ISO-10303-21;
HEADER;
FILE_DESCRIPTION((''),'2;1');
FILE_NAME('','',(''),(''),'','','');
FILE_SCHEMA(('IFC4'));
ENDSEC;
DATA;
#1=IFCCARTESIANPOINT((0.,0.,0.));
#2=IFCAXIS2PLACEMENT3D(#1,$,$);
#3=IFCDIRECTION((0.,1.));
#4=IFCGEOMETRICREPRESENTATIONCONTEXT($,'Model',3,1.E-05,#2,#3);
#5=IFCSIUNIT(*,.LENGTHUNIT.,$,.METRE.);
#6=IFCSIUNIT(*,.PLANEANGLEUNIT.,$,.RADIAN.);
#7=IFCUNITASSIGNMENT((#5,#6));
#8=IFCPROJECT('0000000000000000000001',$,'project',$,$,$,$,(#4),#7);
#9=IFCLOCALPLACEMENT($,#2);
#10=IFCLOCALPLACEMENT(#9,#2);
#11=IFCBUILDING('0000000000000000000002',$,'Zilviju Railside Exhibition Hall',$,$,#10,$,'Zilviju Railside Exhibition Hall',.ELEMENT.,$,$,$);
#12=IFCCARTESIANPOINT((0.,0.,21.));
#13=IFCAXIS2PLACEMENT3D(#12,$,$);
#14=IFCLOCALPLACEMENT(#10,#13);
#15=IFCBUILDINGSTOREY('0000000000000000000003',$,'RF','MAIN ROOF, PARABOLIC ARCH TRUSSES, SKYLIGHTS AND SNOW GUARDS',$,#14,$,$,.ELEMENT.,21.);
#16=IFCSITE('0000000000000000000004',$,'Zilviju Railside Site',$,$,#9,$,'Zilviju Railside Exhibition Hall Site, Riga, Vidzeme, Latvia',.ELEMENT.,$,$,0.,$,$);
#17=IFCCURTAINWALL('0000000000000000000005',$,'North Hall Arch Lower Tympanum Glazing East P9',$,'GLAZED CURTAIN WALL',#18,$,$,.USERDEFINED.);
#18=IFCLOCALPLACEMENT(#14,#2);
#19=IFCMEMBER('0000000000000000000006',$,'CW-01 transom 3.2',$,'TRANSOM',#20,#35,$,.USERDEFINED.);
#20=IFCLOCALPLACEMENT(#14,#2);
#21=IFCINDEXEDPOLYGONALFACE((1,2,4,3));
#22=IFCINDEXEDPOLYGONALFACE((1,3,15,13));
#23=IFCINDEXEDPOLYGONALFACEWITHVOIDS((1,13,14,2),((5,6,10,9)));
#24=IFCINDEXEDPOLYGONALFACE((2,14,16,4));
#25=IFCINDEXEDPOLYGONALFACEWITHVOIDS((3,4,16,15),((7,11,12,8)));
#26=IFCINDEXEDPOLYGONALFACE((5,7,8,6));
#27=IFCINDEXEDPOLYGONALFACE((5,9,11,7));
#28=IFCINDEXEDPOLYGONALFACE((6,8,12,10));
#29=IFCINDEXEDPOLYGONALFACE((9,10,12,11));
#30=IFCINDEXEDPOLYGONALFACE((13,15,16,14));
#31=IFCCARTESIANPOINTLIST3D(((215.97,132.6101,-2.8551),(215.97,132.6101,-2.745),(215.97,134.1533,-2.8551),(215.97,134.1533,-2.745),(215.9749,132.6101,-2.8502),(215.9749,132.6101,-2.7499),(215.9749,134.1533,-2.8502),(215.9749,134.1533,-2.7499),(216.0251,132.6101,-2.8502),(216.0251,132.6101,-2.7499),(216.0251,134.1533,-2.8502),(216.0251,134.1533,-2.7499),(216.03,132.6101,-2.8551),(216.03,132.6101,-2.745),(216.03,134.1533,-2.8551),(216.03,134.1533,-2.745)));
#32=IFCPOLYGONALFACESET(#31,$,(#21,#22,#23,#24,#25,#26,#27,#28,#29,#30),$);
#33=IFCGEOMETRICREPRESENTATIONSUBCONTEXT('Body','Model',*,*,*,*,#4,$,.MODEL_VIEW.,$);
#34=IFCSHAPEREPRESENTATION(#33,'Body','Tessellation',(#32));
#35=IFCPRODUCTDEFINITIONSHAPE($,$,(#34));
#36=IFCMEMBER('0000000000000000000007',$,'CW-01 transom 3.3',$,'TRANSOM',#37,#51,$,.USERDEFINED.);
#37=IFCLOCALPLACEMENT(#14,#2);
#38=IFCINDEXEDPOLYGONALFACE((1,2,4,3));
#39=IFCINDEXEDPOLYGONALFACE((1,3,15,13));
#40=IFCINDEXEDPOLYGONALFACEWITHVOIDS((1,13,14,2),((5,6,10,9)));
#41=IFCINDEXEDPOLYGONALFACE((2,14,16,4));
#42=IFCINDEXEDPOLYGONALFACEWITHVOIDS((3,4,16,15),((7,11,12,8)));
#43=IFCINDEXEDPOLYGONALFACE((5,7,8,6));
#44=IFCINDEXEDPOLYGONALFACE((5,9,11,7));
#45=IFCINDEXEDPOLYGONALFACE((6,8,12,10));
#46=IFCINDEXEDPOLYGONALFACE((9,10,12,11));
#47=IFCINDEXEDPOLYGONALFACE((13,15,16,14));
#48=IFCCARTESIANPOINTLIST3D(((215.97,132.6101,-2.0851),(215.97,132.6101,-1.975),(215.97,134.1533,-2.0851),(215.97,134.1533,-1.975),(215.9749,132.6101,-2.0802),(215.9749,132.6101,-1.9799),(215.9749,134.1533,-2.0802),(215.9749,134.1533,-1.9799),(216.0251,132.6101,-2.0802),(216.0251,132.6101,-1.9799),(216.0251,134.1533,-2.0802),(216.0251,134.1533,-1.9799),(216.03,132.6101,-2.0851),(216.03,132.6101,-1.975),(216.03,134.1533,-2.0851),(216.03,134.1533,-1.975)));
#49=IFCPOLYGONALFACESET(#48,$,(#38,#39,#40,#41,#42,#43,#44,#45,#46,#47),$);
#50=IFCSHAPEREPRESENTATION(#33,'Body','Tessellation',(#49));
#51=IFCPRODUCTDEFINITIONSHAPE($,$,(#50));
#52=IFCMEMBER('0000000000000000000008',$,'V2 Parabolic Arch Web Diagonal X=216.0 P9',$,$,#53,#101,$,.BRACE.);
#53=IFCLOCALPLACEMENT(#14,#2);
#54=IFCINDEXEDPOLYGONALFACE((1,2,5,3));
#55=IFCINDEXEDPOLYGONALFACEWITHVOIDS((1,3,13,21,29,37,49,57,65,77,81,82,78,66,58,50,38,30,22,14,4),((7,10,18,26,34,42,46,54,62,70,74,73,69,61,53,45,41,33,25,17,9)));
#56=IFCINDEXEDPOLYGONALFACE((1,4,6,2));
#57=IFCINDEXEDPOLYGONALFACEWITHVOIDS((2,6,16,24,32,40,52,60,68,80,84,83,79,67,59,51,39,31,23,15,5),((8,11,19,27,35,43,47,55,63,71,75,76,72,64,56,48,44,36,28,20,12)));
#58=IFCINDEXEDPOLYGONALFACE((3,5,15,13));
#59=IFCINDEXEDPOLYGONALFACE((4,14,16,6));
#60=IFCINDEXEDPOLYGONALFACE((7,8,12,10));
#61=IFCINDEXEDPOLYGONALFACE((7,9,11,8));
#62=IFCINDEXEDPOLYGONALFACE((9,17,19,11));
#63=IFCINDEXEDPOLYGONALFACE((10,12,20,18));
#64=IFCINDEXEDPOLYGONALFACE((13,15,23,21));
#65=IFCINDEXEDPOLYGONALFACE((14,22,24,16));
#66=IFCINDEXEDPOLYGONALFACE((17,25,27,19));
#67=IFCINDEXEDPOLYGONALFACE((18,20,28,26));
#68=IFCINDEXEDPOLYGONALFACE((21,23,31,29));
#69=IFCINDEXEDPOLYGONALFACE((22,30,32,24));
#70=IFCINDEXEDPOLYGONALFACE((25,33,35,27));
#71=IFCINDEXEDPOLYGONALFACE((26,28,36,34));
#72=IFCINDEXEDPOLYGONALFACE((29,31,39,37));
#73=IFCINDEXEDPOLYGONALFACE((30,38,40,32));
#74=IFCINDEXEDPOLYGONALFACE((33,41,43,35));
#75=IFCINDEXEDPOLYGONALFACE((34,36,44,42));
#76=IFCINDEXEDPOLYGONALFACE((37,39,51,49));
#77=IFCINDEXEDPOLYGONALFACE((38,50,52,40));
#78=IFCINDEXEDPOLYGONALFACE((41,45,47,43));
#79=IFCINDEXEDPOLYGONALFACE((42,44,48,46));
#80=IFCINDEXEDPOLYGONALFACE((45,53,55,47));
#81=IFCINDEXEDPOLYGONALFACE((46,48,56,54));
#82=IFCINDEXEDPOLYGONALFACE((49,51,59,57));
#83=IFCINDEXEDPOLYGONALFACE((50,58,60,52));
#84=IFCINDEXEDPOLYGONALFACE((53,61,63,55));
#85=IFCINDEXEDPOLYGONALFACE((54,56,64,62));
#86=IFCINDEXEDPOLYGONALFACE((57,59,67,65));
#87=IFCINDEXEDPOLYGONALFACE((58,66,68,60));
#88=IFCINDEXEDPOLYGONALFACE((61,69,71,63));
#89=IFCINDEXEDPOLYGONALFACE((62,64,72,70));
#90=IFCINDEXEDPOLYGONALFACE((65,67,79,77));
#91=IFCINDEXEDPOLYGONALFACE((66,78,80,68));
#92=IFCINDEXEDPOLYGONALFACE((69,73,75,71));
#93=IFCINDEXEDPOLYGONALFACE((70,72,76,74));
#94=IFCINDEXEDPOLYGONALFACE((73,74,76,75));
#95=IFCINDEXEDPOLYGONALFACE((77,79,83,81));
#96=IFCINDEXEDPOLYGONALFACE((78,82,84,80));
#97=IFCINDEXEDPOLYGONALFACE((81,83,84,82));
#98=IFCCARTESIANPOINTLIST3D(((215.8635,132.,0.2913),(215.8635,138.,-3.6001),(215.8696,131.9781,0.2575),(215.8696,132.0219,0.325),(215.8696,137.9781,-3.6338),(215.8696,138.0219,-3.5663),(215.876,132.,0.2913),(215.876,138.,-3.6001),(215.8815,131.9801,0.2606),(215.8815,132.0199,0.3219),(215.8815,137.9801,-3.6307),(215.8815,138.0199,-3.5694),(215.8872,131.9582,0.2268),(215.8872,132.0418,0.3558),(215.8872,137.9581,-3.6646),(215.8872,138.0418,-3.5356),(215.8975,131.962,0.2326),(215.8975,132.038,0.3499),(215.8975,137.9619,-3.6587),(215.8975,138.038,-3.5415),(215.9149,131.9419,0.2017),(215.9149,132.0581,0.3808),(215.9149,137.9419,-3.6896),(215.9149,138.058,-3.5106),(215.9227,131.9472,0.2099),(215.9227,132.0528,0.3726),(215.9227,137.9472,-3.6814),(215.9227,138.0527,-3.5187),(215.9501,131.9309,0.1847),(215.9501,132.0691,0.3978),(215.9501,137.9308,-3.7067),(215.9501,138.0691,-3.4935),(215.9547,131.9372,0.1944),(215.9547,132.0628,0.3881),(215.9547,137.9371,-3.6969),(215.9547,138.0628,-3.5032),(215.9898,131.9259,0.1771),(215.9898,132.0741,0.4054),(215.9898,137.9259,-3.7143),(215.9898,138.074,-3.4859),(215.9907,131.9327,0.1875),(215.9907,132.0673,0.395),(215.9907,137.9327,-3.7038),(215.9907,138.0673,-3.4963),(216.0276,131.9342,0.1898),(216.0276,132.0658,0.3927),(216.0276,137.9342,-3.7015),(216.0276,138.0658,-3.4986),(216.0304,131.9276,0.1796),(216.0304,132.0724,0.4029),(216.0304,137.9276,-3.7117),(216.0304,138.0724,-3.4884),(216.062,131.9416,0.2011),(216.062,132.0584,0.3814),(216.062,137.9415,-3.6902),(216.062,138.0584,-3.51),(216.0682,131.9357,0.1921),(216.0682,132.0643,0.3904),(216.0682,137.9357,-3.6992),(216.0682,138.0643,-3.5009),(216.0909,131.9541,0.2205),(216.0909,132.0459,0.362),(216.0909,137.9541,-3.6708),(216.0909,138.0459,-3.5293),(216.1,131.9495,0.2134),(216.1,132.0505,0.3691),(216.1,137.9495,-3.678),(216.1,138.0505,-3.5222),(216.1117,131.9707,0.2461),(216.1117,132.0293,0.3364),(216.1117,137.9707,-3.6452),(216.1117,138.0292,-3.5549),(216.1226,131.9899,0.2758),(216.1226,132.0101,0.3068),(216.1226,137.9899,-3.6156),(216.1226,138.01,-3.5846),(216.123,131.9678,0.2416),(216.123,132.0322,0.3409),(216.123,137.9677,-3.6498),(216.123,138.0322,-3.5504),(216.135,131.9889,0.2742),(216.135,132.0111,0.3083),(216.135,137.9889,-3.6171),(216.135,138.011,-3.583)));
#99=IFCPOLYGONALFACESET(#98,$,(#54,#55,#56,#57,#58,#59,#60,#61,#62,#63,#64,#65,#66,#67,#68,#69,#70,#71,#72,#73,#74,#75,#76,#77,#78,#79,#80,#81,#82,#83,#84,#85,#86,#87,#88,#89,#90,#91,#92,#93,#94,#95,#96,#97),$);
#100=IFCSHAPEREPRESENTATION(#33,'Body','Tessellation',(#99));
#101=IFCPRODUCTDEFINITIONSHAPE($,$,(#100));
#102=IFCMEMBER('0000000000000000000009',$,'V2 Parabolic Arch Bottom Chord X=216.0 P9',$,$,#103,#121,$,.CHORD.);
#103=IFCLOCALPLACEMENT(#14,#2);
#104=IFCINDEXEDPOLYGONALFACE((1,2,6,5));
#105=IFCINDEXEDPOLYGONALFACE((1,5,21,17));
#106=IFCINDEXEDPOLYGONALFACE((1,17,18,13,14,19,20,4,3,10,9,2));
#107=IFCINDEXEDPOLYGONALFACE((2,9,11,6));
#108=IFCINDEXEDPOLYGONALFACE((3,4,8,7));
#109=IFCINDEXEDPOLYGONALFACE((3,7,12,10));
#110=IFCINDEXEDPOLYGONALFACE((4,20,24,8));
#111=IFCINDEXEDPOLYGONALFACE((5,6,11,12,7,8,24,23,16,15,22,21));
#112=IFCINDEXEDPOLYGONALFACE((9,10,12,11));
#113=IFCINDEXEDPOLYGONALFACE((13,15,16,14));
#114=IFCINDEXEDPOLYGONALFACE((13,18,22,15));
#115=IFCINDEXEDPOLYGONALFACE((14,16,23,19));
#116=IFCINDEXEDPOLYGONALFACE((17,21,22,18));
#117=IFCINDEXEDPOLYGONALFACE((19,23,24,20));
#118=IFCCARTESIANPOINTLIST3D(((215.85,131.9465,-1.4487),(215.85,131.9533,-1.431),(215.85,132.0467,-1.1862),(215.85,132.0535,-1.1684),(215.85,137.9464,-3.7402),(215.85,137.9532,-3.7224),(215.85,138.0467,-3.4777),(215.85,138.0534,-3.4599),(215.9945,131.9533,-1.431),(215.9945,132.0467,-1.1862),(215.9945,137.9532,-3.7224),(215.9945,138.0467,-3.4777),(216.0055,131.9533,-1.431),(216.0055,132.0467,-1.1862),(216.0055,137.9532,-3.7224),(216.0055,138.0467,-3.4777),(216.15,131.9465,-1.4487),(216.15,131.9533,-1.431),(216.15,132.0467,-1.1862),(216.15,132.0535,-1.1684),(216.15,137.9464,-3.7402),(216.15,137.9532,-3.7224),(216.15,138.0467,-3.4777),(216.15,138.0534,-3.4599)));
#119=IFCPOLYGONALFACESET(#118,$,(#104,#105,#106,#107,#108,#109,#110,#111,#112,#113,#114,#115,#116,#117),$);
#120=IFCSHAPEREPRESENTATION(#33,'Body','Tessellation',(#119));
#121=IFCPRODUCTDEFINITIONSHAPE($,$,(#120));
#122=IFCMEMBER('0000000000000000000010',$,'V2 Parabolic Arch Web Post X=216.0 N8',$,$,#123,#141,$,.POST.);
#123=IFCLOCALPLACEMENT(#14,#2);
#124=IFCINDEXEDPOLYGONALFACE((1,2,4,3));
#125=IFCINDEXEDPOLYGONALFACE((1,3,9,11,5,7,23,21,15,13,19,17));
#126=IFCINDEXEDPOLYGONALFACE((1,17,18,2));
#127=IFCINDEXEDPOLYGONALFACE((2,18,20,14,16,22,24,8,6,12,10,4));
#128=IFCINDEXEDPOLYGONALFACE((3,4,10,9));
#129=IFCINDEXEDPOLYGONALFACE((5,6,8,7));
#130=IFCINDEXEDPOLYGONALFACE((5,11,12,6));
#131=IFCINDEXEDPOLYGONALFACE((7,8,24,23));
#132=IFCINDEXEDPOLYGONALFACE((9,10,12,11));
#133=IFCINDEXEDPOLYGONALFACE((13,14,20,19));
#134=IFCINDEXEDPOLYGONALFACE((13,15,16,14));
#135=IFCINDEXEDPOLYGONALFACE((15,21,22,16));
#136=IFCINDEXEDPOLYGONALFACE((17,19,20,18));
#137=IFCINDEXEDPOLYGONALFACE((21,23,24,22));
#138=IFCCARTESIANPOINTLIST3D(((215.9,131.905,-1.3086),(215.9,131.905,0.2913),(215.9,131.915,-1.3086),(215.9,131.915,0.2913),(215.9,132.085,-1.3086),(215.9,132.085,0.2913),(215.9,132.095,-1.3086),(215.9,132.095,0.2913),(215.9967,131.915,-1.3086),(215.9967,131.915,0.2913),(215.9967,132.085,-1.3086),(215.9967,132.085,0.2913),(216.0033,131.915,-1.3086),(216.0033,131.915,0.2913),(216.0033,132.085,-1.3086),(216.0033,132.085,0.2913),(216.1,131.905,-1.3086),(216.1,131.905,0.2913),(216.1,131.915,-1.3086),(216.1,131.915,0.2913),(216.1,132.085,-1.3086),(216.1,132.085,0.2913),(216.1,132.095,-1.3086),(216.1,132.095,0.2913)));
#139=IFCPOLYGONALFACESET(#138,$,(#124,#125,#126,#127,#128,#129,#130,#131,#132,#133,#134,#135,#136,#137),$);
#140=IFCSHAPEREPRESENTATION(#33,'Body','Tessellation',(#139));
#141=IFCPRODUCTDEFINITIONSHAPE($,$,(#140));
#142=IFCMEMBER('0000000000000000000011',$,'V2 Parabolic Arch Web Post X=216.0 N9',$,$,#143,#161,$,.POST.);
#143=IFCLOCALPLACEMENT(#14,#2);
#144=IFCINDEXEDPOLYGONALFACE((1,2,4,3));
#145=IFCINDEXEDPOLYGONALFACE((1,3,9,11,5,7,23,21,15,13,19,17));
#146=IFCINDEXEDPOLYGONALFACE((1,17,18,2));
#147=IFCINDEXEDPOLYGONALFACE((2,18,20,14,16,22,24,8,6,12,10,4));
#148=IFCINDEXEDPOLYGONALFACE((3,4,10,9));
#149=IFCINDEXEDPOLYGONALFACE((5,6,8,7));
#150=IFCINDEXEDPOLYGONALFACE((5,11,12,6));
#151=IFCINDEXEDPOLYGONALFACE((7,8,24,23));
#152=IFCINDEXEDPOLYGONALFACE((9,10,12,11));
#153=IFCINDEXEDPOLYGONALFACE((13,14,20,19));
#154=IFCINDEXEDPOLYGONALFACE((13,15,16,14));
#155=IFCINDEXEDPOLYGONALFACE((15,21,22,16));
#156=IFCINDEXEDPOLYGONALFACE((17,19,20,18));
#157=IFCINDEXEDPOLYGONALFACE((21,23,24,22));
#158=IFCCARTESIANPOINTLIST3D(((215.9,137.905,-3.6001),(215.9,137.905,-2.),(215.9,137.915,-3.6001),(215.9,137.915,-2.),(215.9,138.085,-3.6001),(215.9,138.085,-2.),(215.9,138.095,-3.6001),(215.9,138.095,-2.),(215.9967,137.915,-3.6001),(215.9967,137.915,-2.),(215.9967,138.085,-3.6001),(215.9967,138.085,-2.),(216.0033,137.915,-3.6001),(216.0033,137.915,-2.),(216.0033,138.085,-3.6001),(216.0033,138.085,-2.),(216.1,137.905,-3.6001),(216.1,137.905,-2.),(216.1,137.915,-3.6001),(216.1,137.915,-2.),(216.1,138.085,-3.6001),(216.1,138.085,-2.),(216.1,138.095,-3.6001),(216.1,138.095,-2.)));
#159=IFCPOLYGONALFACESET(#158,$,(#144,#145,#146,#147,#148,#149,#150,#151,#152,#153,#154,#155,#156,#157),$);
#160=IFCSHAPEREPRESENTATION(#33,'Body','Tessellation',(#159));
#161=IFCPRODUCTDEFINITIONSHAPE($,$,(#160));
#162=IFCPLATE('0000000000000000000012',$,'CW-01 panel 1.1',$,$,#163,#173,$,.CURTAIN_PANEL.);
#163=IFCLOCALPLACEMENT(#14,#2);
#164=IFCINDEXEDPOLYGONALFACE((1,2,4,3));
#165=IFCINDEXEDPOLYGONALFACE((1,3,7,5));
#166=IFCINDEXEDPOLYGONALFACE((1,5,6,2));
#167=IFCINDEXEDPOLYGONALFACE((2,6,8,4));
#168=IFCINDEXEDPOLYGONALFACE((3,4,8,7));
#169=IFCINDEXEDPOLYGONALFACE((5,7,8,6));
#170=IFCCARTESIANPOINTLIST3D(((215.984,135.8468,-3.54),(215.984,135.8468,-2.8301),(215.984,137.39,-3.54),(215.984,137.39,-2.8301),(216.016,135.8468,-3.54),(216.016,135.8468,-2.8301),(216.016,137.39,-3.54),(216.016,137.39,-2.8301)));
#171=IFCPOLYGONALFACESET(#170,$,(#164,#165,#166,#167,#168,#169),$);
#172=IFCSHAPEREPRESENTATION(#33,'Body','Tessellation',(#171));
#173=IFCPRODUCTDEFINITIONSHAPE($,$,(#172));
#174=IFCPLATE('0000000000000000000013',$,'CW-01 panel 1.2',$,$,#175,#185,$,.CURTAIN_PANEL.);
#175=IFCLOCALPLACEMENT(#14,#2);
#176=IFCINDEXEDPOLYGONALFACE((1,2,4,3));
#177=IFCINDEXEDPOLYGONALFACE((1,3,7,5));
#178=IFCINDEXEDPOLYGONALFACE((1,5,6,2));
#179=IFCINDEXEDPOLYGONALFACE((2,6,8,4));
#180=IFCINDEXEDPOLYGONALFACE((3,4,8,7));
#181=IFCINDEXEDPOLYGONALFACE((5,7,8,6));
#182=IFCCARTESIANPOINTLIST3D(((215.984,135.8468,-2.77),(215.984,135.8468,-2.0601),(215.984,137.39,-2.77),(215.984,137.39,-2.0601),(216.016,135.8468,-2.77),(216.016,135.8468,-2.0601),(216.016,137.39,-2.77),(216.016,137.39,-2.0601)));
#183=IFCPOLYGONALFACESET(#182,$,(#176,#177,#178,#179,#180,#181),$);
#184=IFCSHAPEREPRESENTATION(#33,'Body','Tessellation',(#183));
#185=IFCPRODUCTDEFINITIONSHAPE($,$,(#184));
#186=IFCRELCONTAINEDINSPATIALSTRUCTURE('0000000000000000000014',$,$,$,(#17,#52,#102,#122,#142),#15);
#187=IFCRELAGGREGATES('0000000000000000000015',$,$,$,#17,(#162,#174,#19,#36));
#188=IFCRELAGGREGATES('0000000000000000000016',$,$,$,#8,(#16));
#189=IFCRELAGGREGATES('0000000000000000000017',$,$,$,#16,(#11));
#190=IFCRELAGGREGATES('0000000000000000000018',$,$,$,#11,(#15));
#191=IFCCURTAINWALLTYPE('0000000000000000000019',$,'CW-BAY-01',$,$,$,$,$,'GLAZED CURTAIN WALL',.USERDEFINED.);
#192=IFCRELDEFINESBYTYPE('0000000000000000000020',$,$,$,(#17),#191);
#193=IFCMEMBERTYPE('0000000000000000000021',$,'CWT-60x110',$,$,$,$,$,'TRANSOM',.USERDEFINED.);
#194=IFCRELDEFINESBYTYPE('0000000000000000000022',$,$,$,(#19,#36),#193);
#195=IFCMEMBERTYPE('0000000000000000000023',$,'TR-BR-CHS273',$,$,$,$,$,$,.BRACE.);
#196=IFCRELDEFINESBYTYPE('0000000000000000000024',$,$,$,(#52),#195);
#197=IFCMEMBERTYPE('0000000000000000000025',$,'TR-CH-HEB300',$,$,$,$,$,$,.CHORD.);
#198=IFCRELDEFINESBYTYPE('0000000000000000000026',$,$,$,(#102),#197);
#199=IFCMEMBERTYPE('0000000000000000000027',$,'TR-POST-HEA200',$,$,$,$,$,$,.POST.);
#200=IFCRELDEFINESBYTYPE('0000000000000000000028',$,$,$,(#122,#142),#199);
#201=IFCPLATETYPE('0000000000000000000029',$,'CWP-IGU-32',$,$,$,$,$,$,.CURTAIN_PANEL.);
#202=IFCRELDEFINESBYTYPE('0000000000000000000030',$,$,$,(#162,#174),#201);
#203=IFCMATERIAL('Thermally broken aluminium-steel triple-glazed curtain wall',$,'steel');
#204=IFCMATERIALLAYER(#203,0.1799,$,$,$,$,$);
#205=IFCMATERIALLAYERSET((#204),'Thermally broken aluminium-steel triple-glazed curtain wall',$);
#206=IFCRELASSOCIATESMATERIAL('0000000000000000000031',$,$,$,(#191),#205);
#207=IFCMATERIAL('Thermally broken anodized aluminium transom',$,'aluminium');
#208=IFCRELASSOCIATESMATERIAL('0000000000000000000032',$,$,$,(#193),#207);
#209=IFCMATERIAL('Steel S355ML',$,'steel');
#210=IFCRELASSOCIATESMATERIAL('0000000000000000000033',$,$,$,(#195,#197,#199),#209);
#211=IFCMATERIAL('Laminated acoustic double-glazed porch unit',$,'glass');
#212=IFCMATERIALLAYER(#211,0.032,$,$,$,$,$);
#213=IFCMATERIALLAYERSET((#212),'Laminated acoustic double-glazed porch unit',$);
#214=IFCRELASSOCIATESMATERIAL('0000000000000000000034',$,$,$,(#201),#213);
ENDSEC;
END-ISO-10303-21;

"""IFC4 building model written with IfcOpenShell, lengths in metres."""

from ifc_helpers import new_model, si_unit, direction, frame, origin, origin_2d, place, context, subcontext, project, spatial, rectangle, hollow_rectangle, hollow_circle, i_section, extrude, material, layer, layer_set, material_profile, profile_set, type_object, element, aggregate, save


model = new_model("IFC4")

# Units and contexts
model_context = context("Model", 3, precision=1e-05, world=origin(), true_north=direction((0.0, 1.0)))
body_context = subcontext(model_context, "Body", "Model", "MODEL_VIEW")
ifc_project = project(units=[si_unit("LENGTHUNIT", "METRE"), si_unit("PLANEANGLEUNIT", "RADIAN")], contexts=[model_context])

# Site, building, storey
site_placement = place(None, origin())
site = spatial("IfcSite", under=ifc_project, at=site_placement, Name="Zilviju Railside Site", LongName="Zilviju Railside Exhibition Hall Site, Riga, Vidzeme, Latvia", CompositionType="ELEMENT", RefElevation=0.0)
building_placement = place(site_placement, origin())
building = spatial("IfcBuilding", under=site, at=building_placement, Name="Zilviju Railside Exhibition Hall", LongName="Zilviju Railside Exhibition Hall", CompositionType="ELEMENT")
storey_placement = place(building_placement, frame((0.0, 0.0, 21.0)))
storey = spatial("IfcBuildingStorey", under=building, at=storey_placement, Name="RF", Description="MAIN ROOF, PARABOLIC ARCH TRUSSES, SKYLIGHTS AND SNOW GUARDS", CompositionType="ELEMENT", Elevation=21.0)

# Curtain wall, members
ifc_material_1 = material(Name="Thermally broken aluminium-steel triple-glazed curtain wall", Category="steel")
ifc_layer_1 = layer(ifc_material_1, 0.1799)
ifc_layer_set_1 = layer_set([ifc_layer_1], Name="Thermally broken aluminium-steel triple-glazed curtain wall")
curtain_wall_type = type_object("IfcCurtainWallType", Name="CW-BAY-01", ElementType="GLAZED CURTAIN WALL", PredefinedType="USERDEFINED", material=ifc_layer_set_1)
curtain_wall_placement = place(storey_placement, origin())
curtain_wall = element("IfcCurtainWall", 1, at=curtain_wall_placement, inside=storey, type_object=curtain_wall_type, Name="North Hall Arch Lower Tympanum Glazing East P9", ObjectType="GLAZED CURTAIN WALL", PredefinedType="USERDEFINED")
ifc_material_2 = material(Name="Thermally broken anodized aluminium transom", Category="aluminium")
ifc_material_profile_1 = material_profile(ifc_material_2, hollow_rectangle(XDim=0.0601, YDim=0.1101, WallThickness=0.0049, at=origin_2d()), Name="TRANSOM 110x60x5")
ifc_profile_set_1 = profile_set([ifc_material_profile_1], Name="Thermally broken anodized aluminium transom")
member_type_1 = type_object("IfcMemberType", Name="CWT-60x110", ElementType="TRANSOM", PredefinedType="USERDEFINED", material=ifc_profile_set_1)
member_1_placement = place(storey_placement, frame((216.0, 134.1533, -2.8), z_axis=(0.0, -1.0, 0.0), x_axis=(1.0, 0.0, 0.0)))
member_1 = element("IfcMember", 2, at=member_1_placement, type_object=member_type_1, Name="CW-01 transom 3.2", ObjectType="TRANSOM", PredefinedType="USERDEFINED", context=body_context, shape_type="SweptSolid", body=[
    extrude(hollow_rectangle(XDim=0.0601, YDim=0.1101, WallThickness=0.0049, at=origin_2d()), origin(), (0.0, 0.0, 1.0), 1.5432),
])
member_2_placement = place(storey_placement, frame((216.0, 134.1533, -2.03), z_axis=(0.0, -1.0, 0.0), x_axis=(1.0, 0.0, 0.0)))
member_2 = element("IfcMember", 3, at=member_2_placement, type_object=member_type_1, Name="CW-01 transom 3.3", ObjectType="TRANSOM", PredefinedType="USERDEFINED", context=body_context, shape_type="SweptSolid", body=[
    extrude(hollow_rectangle(XDim=0.0601, YDim=0.1101, WallThickness=0.0049, at=origin_2d()), origin(), (0.0, 0.0, 1.0), 1.5432),
])

# Members
ifc_material_3 = material(Name="Steel S355ML", Category="steel")
ifc_material_profile_2 = material_profile(ifc_material_3, hollow_circle(Radius=0.1365, WallThickness=0.0125, at=origin_2d()), Name="CHS 273.0x12.5")
ifc_profile_set_2 = profile_set([ifc_material_profile_2], Name="Steel S355ML")
member_type_2 = type_object("IfcMemberType", Name="TR-BR-CHS273", PredefinedType="BRACE", material=ifc_profile_set_2)
member_3_placement = place(storey_placement, frame((216.0, 132.0, 0.2913), z_axis=(0.0, 0.838995, -0.544139), x_axis=(-1.0, 0.0, 0.0)))
element("IfcMember", 4, at=member_3_placement, inside=storey, type_object=member_type_2, Name="V2 Parabolic Arch Web Diagonal X=216.0 P9", PredefinedType="BRACE", context=body_context, shape_type="SweptSolid", body=[
    extrude(hollow_circle(Radius=0.1365, WallThickness=0.0125, at=origin_2d()), origin(), (0.0, 0.0, 1.0), 7.1514),
])
ifc_material_profile_3 = material_profile(ifc_material_3, i_section(OverallWidth=0.3, OverallDepth=0.3, WebThickness=0.011, FlangeThickness=0.019, at=origin_2d()), Name="HEB 300")
ifc_profile_set_3 = profile_set([ifc_material_profile_3], Name="Steel S355ML")
member_type_3 = type_object("IfcMemberType", Name="TR-CH-HEB300", PredefinedType="CHORD", material=ifc_profile_set_3)
member_4_placement = place(storey_placement, frame((216.0, 132.0, -1.3086), z_axis=(0.0, 0.934188, -0.356782), x_axis=(-1.0, 0.0, 0.0)))
element("IfcMember", 5, at=member_4_placement, inside=storey, type_object=member_type_3, Name="V2 Parabolic Arch Bottom Chord X=216.0 P9", PredefinedType="CHORD", context=body_context, shape_type="SweptSolid", body=[
    extrude(i_section(OverallWidth=0.3, OverallDepth=0.3, WebThickness=0.011, FlangeThickness=0.019, at=origin_2d()), origin(), (0.0, 0.0, 1.0), 6.4226),
])
ifc_material_profile_4 = material_profile(ifc_material_3, i_section(OverallWidth=0.2, OverallDepth=0.1899, WebThickness=0.0066, FlangeThickness=0.01, at=origin_2d()), Name="HEA 200")
ifc_profile_set_4 = profile_set([ifc_material_profile_4], Name="Steel S355ML")
member_type_4 = type_object("IfcMemberType", Name="TR-POST-HEA200", PredefinedType="POST", material=ifc_profile_set_4)
member_5_placement = place(storey_placement, frame((216.0, 132.0, -1.3086), z_axis=(0.0, 0.0, 1.0), x_axis=(1.0, 0.0, 0.0)))
element("IfcMember", 6, at=member_5_placement, inside=storey, type_object=member_type_4, Name="V2 Parabolic Arch Web Post X=216.0 N8", PredefinedType="POST", context=body_context, shape_type="SweptSolid", body=[
    extrude(i_section(OverallWidth=0.2, OverallDepth=0.1899, WebThickness=0.0066, FlangeThickness=0.01, at=origin_2d()), origin(), (0.0, 0.0, 1.0), 1.5999),
])
member_6_placement = place(storey_placement, frame((216.0, 138.0, -3.6001), z_axis=(0.0, 0.0, 1.0), x_axis=(1.0, 0.0, 0.0)))
element("IfcMember", 7, at=member_6_placement, inside=storey, type_object=member_type_4, Name="V2 Parabolic Arch Web Post X=216.0 N9", PredefinedType="POST", context=body_context, shape_type="SweptSolid", body=[
    extrude(i_section(OverallWidth=0.2, OverallDepth=0.1899, WebThickness=0.0066, FlangeThickness=0.01, at=origin_2d()), origin(), (0.0, 0.0, 1.0), 1.6001),
])

# Plates
ifc_material_4 = material(Name="Laminated acoustic double-glazed porch unit", Category="glass")
ifc_layer_2 = layer(ifc_material_4, 0.032)
ifc_layer_set_2 = layer_set([ifc_layer_2], Name="Laminated acoustic double-glazed porch unit")
plate_type_1 = type_object("IfcPlateType", Name="CWP-IGU-32", PredefinedType="CURTAIN_PANEL", material=ifc_layer_set_2)
plate_1_placement = place(storey_placement, frame((216.0, 136.6184, -3.54), z_axis=(0.0, 0.0, 1.0), x_axis=(0.0, -1.0, 0.0)))
plate_1 = element("IfcPlate", 8, at=plate_1_placement, type_object=plate_type_1, Name="CW-01 panel 1.1", PredefinedType="CURTAIN_PANEL", context=body_context, shape_type="SweptSolid", body=[
    extrude(rectangle(XDim=1.5432, YDim=0.032, at=origin_2d()), origin(), (0.0, 0.0, 1.0), 0.71),
])
plate_2_placement = place(storey_placement, frame((216.0, 136.6184, -2.77), z_axis=(0.0, 0.0, 1.0), x_axis=(0.0, -1.0, 0.0)))
plate_2 = element("IfcPlate", 9, at=plate_2_placement, type_object=plate_type_1, Name="CW-01 panel 1.2", PredefinedType="CURTAIN_PANEL", context=body_context, shape_type="SweptSolid", body=[
    extrude(rectangle(XDim=1.5432, YDim=0.032, at=origin_2d()), origin(), (0.0, 0.0, 1.0), 0.71),
])
aggregate(curtain_wall, [plate_1, plate_2, member_1, member_2])

save(model, "model.ifc")
